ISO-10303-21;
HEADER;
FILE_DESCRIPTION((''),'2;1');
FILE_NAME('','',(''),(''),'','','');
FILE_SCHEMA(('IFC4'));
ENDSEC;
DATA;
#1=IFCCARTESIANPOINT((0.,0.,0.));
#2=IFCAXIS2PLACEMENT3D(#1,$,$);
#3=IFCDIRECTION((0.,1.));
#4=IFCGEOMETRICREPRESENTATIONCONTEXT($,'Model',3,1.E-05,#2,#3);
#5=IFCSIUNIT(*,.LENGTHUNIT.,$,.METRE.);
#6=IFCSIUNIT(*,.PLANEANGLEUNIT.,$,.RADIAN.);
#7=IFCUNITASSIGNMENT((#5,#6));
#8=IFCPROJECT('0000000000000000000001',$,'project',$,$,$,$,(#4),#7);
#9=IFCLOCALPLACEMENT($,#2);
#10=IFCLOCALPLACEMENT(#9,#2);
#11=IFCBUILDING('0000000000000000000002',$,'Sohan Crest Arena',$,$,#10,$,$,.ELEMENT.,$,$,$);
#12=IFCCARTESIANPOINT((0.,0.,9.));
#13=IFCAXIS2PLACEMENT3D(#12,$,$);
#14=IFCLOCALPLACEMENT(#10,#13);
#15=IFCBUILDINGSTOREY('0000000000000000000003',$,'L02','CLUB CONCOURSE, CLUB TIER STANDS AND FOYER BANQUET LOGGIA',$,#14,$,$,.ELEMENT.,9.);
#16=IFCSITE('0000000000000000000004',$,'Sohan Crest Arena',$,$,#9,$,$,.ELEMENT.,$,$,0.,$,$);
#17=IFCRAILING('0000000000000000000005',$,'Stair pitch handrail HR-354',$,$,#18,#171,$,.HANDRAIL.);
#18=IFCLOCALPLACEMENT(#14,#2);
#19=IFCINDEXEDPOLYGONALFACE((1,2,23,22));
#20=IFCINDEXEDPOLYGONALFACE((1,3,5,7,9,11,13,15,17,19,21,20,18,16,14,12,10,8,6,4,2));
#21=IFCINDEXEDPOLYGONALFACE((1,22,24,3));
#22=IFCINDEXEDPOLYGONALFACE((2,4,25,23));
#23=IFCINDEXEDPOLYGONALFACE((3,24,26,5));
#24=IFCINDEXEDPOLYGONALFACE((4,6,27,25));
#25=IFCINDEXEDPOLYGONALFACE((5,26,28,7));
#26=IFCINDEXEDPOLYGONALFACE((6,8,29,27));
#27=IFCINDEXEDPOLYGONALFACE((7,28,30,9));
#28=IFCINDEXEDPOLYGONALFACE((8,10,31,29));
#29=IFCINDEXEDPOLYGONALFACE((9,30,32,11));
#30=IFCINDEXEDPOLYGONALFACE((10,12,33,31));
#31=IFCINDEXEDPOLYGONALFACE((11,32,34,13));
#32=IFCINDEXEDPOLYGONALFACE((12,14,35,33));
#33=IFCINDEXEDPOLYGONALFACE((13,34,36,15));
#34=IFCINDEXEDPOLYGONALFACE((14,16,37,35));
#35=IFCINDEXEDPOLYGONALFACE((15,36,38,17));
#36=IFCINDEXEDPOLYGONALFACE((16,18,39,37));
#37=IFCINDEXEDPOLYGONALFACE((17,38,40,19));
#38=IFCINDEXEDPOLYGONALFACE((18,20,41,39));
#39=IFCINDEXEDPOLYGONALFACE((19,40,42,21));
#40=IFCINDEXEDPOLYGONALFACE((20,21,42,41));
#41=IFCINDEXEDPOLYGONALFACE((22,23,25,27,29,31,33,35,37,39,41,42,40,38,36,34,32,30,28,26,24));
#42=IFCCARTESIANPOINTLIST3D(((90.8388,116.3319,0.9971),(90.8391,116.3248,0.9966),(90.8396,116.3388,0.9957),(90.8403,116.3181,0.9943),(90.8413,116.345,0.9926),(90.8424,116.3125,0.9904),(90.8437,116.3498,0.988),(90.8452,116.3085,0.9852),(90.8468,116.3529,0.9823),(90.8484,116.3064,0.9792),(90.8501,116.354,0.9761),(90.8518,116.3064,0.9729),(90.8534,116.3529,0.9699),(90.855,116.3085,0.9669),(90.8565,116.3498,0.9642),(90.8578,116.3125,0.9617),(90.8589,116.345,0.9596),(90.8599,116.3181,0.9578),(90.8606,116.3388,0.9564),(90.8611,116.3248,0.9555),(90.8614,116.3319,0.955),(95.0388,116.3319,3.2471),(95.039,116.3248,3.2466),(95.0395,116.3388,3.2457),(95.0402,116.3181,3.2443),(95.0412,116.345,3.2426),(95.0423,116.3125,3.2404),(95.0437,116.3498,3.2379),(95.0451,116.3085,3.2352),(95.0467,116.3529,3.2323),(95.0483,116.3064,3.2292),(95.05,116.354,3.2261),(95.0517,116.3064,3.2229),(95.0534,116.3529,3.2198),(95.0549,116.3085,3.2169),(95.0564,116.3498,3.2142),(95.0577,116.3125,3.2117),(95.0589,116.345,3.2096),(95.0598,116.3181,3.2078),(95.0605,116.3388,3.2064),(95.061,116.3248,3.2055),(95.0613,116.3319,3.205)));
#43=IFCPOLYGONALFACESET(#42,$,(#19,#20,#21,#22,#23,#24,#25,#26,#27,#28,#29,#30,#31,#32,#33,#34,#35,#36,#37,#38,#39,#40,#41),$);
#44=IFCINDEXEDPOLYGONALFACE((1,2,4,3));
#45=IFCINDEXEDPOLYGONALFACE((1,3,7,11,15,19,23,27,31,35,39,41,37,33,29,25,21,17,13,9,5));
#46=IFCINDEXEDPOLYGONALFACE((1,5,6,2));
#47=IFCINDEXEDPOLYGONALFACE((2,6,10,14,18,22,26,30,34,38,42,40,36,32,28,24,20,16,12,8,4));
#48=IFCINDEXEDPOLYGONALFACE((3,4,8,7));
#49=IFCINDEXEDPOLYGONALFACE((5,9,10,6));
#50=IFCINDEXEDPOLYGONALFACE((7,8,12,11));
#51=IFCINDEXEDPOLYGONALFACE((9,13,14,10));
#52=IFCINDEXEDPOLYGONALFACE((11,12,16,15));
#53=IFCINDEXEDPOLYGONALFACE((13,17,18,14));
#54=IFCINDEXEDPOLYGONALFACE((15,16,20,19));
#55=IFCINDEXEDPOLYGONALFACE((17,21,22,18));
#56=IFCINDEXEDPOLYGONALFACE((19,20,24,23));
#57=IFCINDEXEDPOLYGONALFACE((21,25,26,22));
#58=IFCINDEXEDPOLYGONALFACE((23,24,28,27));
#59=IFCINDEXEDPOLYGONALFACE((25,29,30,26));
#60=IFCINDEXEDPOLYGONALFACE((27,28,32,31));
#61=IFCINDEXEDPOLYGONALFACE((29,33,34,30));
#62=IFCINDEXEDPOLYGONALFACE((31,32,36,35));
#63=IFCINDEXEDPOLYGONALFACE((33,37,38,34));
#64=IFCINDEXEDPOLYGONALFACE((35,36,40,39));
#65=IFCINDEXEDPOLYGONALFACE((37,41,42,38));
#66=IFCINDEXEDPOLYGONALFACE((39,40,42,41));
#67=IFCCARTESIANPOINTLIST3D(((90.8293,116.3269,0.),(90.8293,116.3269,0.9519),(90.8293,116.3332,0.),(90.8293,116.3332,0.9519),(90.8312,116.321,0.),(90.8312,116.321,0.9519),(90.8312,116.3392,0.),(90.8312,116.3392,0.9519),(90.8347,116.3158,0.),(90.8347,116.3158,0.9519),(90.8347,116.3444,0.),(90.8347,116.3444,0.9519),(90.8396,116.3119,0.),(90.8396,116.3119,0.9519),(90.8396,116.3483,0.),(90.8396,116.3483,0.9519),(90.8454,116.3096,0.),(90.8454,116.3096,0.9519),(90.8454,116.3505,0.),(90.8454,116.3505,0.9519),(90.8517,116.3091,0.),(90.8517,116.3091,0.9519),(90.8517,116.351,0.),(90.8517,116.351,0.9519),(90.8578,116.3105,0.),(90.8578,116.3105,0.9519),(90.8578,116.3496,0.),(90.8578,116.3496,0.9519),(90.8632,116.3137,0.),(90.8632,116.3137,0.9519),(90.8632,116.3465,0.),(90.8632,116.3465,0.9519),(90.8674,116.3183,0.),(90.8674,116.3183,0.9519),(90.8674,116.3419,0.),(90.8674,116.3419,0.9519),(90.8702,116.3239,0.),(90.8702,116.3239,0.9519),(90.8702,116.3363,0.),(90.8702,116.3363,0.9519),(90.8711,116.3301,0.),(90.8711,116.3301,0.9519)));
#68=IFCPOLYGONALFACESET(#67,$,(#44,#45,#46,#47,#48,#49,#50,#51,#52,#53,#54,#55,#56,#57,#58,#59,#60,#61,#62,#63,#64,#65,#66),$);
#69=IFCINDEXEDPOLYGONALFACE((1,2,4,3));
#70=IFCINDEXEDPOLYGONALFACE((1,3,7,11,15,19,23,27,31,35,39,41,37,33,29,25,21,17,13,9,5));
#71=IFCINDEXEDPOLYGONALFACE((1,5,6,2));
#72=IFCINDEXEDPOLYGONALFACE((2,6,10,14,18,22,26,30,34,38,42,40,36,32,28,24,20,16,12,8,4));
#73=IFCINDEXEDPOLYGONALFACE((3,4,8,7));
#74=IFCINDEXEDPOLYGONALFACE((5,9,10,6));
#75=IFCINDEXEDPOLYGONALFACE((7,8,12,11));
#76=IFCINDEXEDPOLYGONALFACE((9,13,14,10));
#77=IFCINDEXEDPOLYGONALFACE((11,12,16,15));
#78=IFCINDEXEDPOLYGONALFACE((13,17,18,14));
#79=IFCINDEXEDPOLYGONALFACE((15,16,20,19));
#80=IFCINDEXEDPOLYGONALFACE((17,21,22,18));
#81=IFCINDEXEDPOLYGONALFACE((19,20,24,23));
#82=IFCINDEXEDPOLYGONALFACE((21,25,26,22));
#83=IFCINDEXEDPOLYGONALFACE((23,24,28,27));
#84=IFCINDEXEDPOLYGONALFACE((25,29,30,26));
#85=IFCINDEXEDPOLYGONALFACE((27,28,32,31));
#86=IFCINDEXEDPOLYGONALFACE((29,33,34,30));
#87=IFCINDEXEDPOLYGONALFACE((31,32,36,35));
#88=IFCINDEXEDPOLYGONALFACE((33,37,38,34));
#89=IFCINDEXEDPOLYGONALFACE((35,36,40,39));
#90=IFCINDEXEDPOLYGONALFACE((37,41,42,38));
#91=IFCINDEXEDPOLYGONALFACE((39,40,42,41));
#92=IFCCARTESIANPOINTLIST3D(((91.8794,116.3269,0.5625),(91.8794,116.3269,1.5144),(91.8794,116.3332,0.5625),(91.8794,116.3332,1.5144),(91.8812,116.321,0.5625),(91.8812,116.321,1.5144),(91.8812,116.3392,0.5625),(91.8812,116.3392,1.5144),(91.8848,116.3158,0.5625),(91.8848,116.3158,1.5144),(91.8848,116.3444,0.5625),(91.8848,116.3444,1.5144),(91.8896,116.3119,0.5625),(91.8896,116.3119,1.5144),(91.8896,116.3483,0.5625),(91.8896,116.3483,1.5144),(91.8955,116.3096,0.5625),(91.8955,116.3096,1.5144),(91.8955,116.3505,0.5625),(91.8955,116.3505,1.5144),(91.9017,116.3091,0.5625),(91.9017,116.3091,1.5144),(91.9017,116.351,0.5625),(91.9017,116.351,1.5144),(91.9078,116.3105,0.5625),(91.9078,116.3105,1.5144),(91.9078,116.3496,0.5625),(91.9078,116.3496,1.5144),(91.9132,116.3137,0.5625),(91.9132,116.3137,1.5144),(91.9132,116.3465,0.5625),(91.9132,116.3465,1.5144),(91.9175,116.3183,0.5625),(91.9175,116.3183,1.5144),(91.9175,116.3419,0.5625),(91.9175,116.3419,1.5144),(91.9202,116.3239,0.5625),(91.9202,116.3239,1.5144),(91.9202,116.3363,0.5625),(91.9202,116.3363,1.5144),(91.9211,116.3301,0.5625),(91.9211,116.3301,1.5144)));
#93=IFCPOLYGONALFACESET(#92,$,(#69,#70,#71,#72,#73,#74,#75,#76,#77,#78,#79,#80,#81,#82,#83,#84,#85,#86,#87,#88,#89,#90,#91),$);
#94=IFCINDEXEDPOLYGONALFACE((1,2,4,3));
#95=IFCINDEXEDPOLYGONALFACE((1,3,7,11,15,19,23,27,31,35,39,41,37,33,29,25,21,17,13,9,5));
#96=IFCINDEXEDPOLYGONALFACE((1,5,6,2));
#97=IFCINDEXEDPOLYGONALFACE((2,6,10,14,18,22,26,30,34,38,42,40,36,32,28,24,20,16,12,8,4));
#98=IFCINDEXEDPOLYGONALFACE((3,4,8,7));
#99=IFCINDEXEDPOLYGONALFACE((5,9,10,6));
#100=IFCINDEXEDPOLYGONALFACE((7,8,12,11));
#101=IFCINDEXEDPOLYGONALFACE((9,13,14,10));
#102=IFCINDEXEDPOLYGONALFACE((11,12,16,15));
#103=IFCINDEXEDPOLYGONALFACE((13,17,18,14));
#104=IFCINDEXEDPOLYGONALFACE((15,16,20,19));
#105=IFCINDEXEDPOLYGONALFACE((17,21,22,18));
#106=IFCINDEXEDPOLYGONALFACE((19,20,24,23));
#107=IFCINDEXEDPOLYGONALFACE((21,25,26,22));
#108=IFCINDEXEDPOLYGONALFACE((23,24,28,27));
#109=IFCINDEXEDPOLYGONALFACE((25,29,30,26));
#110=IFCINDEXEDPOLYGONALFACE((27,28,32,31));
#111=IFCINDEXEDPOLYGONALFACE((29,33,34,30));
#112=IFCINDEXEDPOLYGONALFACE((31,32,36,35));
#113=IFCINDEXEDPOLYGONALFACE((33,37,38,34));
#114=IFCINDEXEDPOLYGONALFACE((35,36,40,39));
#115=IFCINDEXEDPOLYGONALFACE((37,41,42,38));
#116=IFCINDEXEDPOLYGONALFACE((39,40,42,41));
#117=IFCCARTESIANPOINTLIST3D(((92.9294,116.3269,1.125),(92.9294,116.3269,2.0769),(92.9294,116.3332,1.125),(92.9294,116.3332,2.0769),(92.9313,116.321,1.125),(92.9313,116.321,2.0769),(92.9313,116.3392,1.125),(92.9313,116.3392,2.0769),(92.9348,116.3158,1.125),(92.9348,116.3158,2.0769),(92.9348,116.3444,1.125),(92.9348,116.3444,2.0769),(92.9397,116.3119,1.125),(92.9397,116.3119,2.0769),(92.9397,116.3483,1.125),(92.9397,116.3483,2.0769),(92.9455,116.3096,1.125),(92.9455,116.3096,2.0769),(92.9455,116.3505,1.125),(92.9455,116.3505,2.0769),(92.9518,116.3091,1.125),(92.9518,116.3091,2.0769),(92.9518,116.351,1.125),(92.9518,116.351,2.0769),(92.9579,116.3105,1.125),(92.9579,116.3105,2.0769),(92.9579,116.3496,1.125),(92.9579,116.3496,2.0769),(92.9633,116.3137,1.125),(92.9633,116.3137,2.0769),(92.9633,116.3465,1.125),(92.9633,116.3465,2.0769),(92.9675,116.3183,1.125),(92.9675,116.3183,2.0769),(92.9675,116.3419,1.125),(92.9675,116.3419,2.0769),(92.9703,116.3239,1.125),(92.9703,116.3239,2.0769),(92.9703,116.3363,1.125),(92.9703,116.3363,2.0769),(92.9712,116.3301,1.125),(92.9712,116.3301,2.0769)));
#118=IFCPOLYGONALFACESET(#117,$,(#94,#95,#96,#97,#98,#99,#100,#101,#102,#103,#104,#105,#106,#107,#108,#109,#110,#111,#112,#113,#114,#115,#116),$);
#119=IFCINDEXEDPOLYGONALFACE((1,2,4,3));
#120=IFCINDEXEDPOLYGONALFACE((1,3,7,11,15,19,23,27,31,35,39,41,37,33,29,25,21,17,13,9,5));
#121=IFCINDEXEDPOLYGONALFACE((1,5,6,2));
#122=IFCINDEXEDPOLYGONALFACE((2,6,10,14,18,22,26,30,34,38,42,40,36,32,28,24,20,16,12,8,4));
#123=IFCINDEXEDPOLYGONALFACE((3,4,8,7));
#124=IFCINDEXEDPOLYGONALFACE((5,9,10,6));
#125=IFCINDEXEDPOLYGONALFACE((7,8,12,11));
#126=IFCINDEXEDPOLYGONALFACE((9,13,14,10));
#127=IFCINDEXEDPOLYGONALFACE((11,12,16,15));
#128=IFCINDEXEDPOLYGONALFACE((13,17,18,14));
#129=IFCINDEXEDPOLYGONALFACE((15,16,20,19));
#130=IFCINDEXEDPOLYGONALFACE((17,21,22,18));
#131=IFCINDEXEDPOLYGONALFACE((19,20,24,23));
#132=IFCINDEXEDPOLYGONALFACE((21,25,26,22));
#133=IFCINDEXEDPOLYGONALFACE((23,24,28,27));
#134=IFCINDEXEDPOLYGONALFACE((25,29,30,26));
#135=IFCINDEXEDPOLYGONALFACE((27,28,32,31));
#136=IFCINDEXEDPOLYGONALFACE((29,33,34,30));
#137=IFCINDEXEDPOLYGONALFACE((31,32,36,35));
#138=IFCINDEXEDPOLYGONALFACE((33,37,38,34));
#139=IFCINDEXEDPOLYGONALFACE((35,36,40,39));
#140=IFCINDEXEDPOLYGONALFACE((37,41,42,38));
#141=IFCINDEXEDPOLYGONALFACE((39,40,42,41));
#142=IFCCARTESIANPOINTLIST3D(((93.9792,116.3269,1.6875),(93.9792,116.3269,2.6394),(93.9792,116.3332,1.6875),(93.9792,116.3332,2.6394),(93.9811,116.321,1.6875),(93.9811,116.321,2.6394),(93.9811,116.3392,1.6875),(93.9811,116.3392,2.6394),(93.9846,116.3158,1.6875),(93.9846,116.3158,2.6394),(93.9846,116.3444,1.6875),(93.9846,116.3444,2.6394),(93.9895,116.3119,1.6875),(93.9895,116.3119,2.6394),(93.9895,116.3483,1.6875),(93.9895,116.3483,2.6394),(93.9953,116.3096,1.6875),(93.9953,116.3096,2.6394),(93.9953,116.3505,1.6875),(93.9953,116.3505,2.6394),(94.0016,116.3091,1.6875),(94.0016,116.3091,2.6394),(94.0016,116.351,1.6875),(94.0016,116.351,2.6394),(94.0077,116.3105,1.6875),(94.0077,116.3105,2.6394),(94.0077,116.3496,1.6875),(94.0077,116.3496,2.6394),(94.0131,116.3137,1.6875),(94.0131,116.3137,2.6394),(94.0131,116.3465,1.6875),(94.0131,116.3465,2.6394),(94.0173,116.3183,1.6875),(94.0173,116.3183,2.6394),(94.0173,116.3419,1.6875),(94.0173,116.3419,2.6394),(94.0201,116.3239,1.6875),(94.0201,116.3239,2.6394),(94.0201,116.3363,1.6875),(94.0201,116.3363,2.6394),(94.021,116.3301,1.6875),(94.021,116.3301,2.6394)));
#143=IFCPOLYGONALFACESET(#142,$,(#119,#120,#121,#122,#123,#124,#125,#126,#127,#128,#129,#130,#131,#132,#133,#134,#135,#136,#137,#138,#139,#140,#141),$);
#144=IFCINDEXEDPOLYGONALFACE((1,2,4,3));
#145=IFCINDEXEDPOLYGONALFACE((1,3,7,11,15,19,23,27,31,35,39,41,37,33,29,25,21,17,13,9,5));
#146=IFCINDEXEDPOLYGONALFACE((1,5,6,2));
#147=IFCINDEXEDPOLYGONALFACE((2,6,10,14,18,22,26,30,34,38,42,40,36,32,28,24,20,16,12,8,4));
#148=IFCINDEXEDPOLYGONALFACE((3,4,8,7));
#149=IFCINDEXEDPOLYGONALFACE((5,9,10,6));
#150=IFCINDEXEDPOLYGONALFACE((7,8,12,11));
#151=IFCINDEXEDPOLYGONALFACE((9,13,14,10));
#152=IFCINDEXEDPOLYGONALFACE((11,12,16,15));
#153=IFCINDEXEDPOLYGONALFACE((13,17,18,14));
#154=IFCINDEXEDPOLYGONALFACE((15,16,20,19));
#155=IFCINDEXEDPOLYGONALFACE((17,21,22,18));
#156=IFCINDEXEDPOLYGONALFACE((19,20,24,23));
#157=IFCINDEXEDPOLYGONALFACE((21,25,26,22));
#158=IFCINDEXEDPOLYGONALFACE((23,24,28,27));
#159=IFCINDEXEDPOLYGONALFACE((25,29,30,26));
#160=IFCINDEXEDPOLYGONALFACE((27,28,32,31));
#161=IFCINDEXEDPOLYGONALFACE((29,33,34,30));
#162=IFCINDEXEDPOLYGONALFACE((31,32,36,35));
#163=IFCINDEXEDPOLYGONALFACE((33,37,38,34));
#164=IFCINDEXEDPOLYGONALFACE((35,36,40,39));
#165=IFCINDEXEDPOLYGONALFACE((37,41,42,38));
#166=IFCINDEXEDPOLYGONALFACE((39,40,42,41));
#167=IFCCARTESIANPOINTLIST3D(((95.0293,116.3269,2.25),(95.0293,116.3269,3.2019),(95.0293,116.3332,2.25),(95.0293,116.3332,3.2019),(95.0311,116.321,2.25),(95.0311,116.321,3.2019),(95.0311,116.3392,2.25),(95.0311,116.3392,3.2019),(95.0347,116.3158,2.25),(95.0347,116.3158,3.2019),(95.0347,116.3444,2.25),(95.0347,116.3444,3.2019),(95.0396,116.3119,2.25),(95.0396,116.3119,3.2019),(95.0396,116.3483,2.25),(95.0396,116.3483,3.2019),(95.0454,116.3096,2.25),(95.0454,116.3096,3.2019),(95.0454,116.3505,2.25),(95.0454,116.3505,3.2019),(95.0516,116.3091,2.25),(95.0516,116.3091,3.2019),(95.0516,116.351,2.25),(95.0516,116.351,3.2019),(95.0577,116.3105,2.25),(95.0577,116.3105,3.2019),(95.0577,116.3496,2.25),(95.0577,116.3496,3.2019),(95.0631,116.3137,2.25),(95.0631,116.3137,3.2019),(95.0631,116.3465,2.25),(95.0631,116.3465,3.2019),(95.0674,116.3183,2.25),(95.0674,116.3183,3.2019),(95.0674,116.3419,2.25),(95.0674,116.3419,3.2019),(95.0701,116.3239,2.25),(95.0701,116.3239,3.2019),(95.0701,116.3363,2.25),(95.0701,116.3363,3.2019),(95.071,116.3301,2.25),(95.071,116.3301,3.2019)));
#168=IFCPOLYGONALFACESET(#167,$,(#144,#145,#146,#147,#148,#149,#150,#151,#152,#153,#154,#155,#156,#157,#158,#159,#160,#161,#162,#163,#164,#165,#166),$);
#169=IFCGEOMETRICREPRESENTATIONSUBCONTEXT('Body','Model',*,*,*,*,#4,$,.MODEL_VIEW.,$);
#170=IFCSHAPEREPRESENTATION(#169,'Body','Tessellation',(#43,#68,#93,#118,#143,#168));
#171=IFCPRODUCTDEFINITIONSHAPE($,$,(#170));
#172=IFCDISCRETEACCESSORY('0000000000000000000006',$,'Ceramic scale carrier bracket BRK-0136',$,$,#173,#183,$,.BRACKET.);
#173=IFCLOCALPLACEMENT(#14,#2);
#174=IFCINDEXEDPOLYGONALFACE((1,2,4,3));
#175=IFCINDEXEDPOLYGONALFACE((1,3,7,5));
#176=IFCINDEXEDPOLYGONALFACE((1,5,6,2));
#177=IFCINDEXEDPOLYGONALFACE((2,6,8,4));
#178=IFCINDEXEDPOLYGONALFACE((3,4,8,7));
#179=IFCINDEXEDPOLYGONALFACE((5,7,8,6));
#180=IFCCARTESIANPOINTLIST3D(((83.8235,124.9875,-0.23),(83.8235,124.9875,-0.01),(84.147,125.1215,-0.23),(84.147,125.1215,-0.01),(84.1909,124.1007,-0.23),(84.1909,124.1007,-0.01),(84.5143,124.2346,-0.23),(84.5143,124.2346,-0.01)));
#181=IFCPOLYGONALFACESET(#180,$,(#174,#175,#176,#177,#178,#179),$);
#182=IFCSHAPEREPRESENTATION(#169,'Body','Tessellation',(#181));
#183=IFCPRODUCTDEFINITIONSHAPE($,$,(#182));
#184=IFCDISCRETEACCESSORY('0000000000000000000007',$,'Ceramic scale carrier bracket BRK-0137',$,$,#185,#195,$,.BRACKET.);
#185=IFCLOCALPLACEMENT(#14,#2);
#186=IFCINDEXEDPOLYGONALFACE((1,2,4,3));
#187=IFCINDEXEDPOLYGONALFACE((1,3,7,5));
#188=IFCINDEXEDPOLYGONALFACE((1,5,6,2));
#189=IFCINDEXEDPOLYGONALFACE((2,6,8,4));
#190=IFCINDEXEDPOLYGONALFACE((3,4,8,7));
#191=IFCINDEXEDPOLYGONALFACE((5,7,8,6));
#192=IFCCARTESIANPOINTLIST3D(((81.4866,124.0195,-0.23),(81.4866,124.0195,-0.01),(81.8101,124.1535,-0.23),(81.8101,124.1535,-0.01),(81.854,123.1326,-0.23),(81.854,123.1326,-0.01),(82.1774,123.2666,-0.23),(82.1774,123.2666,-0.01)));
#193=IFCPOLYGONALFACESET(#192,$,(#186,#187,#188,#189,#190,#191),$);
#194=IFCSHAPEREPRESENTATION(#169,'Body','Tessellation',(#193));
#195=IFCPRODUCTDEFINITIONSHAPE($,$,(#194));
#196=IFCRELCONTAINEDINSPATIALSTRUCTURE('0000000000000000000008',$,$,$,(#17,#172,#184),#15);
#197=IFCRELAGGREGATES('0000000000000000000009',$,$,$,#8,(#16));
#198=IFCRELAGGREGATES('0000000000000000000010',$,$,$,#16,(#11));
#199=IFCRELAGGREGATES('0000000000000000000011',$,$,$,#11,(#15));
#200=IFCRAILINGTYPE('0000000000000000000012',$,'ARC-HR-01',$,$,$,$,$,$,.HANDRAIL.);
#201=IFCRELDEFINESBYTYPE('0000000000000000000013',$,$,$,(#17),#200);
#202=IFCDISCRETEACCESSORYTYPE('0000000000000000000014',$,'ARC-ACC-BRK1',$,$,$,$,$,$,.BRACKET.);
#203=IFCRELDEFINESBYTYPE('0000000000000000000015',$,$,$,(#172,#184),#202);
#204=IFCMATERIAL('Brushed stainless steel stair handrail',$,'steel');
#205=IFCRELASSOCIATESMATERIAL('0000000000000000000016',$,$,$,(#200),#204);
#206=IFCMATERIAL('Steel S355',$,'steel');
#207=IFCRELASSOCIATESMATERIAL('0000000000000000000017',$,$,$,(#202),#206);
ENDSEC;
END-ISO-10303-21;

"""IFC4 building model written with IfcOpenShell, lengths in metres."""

from ifc_helpers import new_model, si_unit, direction, frame, origin, origin_2d, place, context, subcontext, project, spatial, rectangle, circle, extrude, material, type_object, element, save


model = new_model("IFC4")

# Units and contexts
model_context = context("Model", 3, precision=1e-05, world=origin(), true_north=direction((0.0, 1.0)))
body_context = subcontext(model_context, "Body", "Model", "MODEL_VIEW")
ifc_project = project(units=[si_unit("LENGTHUNIT", "METRE"), si_unit("PLANEANGLEUNIT", "RADIAN")], contexts=[model_context])

# Site, building, storey
site_placement = place(None, origin())
site = spatial("IfcSite", under=ifc_project, at=site_placement, Name="Sohan Crest Arena", CompositionType="ELEMENT", RefElevation=0.0)
building_placement = place(site_placement, origin())
building = spatial("IfcBuilding", under=site, at=building_placement, Name="Sohan Crest Arena", CompositionType="ELEMENT")
storey_placement = place(building_placement, frame((0.0, 0.0, 9.0)))
storey = spatial("IfcBuildingStorey", under=building, at=storey_placement, Name="L02", Description="CLUB CONCOURSE, CLUB TIER STANDS AND FOYER BANQUET LOGGIA", CompositionType="ELEMENT", Elevation=9.0)

# Shared definitions
ifc_material_1 = material(Name="Steel S355", Category="steel")

# Railing
ifc_material_2 = material(Name="Brushed stainless steel stair handrail", Category="steel")
railing_type = type_object("IfcRailingType", Name="ARC-HR-01", PredefinedType="HANDRAIL", material=ifc_material_2)
for number, where, name in (
    (1, (90.8501, 116.3301, 0.0), "Stair pitch handrail HR-354"),
):
    element("IfcRailing", number, at=place(storey_placement, frame(where)), inside=storey, type_object=railing_type, Name=name, PredefinedType="HANDRAIL", context=body_context, shape_type="SweptSolid", body=[
        extrude(circle(Radius=0.0239, at=origin_2d()), frame((0.0, 0.0, 0.9761), z_axis=(0.881478, 0.0, 0.472226), x_axis=(0.0, 1.0, 0.0)), (0.0, 0.0, 1.0), 4.7646),
        extrude(circle(Radius=0.021, at=origin_2d()), origin(), (0.0, 0.0, 1.0), 0.9519),
        extrude(circle(Radius=0.021, at=origin_2d()), frame((1.05, 0.0, 0.5625)), (0.0, 0.0, 1.0), 0.9519),
        extrude(circle(Radius=0.021, at=origin_2d()), frame((2.1001, 0.0, 1.125)), (0.0, 0.0, 1.0), 0.9519),
        extrude(circle(Radius=0.021, at=origin_2d()), frame((3.1499, 0.0, 1.6875)), (0.0, 0.0, 1.0), 0.9519),
        extrude(circle(Radius=0.021, at=origin_2d()), frame((4.2, 0.0, 2.25)), (0.0, 0.0, 1.0), 0.9519),
    ])

# Discrete accessories
discrete_accessory_type = type_object("IfcDiscreteAccessoryType", Name="ARC-ACC-BRK1", PredefinedType="BRACKET", material=ifc_material_1)
for number, where, z_axis, x_axis, name in (
    (2, (84.1689, 124.6111, -0.23), (0.0, 0.0, 1.0), (-0.92388, -0.382683, 0.0), "Ceramic scale carrier bracket BRK-0136"),
    (3, (81.832, 123.6431, -0.23), (0.0, 0.0, 1.0), (-0.92388, -0.382683, 0.0), "Ceramic scale carrier bracket BRK-0137"),
):
    element("IfcDiscreteAccessory", number, at=place(storey_placement, frame(where, z_axis=z_axis, x_axis=x_axis)), inside=storey, type_object=discrete_accessory_type, Name=name, PredefinedType="BRACKET", context=body_context, shape_type="SweptSolid", body=[
        extrude(rectangle(XDim=0.3501, YDim=0.96, at=origin_2d()), origin(), (0.0, 0.0, 1.0), 0.22),
    ])

save(model, "model.ifc")
